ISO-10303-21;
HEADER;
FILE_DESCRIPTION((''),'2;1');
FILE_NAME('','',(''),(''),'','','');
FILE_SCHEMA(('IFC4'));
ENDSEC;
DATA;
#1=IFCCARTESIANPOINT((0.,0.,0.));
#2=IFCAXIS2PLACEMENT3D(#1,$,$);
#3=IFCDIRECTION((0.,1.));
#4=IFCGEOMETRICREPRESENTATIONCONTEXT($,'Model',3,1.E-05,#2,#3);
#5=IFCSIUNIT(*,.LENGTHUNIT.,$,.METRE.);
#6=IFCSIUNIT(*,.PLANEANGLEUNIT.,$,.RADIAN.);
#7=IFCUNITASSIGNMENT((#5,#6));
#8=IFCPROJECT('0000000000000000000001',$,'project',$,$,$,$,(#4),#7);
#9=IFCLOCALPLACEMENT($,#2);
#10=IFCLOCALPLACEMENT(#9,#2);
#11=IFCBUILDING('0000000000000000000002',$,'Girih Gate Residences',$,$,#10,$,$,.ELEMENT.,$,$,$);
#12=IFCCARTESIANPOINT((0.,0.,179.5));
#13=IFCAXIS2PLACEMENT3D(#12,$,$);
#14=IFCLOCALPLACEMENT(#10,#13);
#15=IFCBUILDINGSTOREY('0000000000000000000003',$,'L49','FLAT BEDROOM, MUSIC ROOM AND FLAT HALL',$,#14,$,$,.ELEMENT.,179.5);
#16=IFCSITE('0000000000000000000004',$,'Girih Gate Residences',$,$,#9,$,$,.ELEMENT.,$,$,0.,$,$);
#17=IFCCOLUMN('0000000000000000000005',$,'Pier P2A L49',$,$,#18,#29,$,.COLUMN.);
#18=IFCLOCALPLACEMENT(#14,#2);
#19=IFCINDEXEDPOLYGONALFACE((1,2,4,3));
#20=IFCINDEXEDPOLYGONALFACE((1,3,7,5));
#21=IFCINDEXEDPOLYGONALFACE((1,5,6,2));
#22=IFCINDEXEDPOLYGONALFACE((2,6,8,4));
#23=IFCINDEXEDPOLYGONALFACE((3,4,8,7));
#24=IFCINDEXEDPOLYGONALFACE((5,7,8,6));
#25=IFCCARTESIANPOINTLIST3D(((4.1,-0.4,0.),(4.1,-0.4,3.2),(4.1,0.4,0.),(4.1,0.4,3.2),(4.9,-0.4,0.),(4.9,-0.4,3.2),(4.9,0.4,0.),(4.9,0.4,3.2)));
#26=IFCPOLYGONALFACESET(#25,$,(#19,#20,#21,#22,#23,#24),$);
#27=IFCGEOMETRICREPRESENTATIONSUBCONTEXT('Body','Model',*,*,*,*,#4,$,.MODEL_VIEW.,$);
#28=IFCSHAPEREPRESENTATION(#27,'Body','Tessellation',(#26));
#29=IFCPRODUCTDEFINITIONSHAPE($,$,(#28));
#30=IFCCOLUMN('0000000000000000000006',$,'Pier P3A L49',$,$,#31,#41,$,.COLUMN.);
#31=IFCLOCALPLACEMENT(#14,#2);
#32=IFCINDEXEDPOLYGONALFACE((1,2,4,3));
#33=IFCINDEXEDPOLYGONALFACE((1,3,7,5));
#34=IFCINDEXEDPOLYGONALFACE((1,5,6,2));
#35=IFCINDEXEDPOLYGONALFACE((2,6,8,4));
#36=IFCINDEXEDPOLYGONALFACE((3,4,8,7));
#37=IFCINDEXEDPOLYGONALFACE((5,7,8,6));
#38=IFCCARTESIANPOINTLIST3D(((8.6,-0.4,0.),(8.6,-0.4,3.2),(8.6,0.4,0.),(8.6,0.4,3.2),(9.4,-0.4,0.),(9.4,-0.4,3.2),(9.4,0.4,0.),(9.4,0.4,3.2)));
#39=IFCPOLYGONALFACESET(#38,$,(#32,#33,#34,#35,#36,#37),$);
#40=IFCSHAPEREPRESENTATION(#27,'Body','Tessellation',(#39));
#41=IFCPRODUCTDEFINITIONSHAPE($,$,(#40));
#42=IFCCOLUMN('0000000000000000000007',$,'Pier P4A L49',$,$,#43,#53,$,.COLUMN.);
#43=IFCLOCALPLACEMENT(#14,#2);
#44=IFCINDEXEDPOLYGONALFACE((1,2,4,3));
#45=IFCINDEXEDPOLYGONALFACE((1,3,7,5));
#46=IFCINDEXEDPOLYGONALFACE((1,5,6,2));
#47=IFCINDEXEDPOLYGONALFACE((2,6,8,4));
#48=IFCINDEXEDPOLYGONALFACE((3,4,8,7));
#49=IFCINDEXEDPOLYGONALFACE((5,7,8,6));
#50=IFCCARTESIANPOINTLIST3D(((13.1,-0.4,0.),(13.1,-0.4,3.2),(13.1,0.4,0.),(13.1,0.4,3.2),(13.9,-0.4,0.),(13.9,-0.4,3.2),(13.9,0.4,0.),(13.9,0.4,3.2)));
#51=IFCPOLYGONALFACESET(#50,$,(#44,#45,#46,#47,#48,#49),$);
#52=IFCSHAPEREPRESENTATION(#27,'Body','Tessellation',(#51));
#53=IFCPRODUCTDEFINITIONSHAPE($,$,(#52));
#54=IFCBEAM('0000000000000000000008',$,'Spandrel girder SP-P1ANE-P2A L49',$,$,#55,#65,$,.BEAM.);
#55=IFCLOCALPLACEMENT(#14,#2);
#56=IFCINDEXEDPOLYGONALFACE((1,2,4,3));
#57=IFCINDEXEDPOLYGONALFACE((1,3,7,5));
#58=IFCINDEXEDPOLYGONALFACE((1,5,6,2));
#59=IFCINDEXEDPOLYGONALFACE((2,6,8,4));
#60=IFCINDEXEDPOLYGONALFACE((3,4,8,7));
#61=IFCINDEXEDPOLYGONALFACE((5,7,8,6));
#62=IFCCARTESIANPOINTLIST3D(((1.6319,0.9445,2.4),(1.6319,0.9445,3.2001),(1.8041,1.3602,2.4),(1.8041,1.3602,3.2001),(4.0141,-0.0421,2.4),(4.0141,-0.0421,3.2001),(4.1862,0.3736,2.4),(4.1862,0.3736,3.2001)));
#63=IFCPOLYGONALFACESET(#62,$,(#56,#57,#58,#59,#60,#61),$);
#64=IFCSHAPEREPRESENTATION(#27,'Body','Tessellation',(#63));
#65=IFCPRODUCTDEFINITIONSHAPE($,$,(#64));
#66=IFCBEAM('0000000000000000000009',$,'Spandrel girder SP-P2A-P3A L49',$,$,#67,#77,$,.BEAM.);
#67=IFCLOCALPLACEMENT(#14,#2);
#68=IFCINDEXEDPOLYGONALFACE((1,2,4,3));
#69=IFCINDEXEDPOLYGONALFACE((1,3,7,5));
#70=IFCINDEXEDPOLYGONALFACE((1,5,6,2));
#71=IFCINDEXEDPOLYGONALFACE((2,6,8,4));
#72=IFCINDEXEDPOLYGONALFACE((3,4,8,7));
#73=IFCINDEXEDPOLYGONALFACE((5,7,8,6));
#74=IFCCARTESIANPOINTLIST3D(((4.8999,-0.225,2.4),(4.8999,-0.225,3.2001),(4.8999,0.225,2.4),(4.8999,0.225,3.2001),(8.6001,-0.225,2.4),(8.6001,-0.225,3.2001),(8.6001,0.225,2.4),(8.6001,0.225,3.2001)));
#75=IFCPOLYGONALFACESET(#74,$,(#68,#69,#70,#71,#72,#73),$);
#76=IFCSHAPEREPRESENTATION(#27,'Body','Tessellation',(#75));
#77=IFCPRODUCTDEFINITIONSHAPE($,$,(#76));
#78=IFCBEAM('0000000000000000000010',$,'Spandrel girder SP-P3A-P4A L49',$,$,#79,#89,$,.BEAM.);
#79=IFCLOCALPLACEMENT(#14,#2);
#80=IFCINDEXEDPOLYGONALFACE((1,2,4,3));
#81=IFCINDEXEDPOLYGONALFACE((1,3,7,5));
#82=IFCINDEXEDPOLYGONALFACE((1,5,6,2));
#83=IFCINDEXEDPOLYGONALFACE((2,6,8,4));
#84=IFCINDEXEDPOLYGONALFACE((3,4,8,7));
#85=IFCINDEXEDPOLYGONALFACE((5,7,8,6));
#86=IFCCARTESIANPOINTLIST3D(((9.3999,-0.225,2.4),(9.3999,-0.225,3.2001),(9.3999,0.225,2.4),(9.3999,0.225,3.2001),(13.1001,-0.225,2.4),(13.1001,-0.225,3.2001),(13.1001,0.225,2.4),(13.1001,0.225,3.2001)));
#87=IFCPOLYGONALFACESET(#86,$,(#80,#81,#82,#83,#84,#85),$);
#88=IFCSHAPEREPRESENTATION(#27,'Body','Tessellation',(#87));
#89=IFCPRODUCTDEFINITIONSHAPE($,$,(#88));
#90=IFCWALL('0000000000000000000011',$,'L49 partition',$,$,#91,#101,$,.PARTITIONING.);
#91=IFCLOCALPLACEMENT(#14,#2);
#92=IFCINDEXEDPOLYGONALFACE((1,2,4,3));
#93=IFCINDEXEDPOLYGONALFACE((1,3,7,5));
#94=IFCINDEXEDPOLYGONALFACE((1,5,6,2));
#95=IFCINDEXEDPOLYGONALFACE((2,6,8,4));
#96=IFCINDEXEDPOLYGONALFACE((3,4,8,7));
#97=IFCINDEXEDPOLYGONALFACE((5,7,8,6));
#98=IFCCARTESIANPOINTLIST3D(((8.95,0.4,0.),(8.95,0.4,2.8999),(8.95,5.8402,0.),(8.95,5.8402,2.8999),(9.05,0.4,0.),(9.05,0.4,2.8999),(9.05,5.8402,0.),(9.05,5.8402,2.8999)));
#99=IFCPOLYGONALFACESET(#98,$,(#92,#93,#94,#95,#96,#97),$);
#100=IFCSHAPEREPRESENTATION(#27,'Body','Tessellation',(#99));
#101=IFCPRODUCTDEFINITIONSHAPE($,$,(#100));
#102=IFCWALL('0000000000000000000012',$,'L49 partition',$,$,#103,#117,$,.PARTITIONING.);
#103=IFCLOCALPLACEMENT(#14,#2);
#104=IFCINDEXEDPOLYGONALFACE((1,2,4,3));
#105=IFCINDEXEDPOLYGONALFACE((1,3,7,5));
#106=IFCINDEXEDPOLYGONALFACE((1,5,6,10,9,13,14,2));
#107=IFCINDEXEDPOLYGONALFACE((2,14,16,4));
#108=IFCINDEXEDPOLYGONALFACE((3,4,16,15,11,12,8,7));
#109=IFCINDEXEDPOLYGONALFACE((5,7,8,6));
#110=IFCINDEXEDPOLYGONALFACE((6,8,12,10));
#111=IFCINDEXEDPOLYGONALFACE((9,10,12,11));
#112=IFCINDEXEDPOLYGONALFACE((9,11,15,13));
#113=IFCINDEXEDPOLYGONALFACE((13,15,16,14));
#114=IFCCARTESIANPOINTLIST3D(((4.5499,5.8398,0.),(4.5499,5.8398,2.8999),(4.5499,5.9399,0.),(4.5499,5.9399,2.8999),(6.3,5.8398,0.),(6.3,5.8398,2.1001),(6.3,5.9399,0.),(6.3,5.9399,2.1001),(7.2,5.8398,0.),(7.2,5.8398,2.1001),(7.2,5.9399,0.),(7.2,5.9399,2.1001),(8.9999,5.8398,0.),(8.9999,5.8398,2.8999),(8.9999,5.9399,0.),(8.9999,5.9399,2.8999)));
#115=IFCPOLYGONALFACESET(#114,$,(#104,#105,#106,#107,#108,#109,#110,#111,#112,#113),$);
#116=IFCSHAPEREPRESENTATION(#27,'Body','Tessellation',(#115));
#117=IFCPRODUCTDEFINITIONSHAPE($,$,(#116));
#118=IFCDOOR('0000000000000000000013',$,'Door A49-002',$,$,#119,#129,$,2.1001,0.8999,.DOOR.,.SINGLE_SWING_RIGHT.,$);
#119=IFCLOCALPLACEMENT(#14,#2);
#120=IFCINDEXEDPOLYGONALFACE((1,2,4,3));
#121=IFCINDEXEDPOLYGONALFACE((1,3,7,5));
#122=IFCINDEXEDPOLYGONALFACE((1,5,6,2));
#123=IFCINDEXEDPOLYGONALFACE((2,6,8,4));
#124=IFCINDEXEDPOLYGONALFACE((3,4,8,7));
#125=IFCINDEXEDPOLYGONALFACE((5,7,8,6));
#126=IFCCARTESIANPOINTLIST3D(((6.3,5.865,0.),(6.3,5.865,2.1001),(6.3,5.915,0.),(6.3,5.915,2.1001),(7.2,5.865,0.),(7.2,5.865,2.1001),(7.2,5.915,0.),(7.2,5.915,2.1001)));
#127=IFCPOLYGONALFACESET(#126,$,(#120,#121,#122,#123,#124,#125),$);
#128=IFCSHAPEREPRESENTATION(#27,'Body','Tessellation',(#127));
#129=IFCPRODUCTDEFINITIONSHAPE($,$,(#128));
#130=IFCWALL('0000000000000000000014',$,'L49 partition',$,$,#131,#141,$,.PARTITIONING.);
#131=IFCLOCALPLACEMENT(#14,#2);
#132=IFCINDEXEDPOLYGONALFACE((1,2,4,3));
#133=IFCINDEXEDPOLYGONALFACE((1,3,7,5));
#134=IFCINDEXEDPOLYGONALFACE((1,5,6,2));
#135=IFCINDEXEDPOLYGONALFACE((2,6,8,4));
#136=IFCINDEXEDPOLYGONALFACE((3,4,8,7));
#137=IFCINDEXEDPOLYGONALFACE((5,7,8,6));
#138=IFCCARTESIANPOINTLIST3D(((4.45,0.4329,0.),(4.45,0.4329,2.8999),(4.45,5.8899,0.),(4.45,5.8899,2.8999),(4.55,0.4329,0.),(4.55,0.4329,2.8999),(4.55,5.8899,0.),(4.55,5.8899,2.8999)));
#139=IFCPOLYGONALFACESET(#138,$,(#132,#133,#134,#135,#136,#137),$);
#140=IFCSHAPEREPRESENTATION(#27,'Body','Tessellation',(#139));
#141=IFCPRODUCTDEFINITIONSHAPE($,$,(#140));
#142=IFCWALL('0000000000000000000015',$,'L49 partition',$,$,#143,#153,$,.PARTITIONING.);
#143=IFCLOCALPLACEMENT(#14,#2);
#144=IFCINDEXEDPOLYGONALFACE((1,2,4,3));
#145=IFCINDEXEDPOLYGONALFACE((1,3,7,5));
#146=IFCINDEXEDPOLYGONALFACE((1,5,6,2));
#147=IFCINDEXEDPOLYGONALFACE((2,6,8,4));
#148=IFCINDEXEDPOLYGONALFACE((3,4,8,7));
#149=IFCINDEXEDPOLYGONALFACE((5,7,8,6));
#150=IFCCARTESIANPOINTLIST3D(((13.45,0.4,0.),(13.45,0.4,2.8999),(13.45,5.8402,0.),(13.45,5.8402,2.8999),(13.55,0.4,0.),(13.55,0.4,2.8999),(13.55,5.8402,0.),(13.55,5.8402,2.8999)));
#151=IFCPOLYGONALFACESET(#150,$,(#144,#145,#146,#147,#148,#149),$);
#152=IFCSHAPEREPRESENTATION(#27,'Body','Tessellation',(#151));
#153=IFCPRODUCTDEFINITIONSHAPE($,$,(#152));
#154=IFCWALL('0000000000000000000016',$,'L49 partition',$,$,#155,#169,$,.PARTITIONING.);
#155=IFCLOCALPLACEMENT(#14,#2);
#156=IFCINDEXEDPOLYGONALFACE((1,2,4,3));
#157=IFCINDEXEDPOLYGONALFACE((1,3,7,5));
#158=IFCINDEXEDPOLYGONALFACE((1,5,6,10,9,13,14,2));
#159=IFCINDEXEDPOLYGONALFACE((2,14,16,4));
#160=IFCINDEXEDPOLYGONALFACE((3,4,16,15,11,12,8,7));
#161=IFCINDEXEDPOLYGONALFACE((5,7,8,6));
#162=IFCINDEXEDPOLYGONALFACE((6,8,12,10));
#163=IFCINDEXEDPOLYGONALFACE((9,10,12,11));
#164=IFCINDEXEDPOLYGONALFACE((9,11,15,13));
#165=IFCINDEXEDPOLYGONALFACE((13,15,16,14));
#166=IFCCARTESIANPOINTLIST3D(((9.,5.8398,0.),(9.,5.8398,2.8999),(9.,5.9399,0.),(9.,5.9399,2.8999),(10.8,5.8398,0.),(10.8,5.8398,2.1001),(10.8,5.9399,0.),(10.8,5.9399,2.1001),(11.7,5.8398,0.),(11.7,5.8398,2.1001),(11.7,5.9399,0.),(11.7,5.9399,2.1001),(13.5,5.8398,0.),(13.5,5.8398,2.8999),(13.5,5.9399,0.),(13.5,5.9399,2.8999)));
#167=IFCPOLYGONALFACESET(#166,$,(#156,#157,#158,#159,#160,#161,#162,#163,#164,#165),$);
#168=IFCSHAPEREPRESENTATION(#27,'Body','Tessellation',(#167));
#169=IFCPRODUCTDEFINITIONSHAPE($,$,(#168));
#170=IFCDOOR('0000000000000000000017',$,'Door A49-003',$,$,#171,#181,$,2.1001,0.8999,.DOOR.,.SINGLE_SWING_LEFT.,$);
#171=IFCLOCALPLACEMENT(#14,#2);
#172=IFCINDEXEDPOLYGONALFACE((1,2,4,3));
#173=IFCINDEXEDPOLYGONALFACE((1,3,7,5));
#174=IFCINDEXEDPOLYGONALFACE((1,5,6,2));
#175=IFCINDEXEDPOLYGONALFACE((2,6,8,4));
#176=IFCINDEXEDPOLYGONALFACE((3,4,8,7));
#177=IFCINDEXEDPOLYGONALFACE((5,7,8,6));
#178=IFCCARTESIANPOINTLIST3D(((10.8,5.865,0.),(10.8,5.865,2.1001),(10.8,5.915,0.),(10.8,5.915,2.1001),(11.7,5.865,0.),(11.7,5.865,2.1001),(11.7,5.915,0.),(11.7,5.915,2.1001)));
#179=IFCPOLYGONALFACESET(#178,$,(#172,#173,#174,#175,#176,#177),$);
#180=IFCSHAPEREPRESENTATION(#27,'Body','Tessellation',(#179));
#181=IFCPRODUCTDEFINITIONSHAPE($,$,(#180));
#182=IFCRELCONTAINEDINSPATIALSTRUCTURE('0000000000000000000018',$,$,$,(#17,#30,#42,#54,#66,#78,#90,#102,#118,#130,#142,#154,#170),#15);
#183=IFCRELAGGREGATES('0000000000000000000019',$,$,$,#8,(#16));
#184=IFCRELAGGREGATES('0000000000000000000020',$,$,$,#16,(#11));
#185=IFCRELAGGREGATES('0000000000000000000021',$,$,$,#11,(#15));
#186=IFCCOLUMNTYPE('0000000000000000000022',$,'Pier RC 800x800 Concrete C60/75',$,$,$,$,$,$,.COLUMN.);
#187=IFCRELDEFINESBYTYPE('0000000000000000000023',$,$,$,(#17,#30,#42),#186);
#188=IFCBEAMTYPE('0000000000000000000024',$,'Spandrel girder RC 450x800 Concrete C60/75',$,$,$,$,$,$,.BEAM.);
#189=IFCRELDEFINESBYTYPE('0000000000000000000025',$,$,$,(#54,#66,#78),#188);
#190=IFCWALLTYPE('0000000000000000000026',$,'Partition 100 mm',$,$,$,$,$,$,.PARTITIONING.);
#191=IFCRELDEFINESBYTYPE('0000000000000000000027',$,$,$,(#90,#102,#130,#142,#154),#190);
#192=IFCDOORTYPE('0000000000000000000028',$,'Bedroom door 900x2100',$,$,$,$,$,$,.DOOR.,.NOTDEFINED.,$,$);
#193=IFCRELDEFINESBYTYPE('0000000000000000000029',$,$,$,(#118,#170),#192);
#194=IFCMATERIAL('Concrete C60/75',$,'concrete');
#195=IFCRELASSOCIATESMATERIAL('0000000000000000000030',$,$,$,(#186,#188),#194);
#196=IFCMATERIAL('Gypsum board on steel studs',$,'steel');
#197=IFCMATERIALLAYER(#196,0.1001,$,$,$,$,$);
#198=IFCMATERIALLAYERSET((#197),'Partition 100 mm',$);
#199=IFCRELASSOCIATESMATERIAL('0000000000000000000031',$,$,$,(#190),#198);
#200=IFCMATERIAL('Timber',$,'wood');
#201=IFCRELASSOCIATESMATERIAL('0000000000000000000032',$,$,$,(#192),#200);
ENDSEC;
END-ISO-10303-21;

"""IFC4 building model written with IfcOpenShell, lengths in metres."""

from ifc_helpers import new_model, si_unit, direction, frame, frame_2d, origin, origin_2d, place, context, subcontext, project, spatial, rectangle, extrude, material, layer, layer_set, material_profile, profile_set, type_object, element, fill, save


model = new_model("IFC4")

# Units and contexts
model_context = context("Model", 3, precision=1e-05, world=origin(), true_north=direction((0.0, 1.0)))
body_context = subcontext(model_context, "Body", "Model", "MODEL_VIEW")
ifc_project = project(units=[si_unit("LENGTHUNIT", "METRE"), si_unit("PLANEANGLEUNIT", "RADIAN")], contexts=[model_context])

# Site, building, storey
site_placement = place(None, origin())
site = spatial("IfcSite", under=ifc_project, at=site_placement, Name="Girih Gate Residences", CompositionType="ELEMENT", RefElevation=0.0)
building_placement = place(site_placement, origin())
building = spatial("IfcBuilding", under=site, at=building_placement, Name="Girih Gate Residences", CompositionType="ELEMENT")
storey_placement = place(building_placement, frame((0.0, 0.0, 179.5)))
storey = spatial("IfcBuildingStorey", under=building, at=storey_placement, Name="L49", Description="FLAT BEDROOM, MUSIC ROOM AND FLAT HALL", CompositionType="ELEMENT", Elevation=179.5)

# Columns
ifc_material_1 = material(Name="Concrete C60/75", Category="concrete")
ifc_material_profile_1 = material_profile(ifc_material_1, rectangle(XDim=0.8, YDim=0.8, at=origin_2d()))
ifc_profile_set_1 = profile_set([ifc_material_profile_1], Name="Concrete C60/75")
column_type = type_object("IfcColumnType", Name="Pier RC 800x800 Concrete C60/75", PredefinedType="COLUMN", material=ifc_profile_set_1)
for number, where, z_axis, x_axis, name in (
    (1, (4.5, 0.0, 0.0), (0.0, 0.0, 1.0), (1.0, 0.0, 0.0), "Pier P2A L49"),
    (2, (9.0, 0.0, 0.0), (0.0, 0.0, 1.0), (1.0, 0.0, 0.0), "Pier P3A L49"),
    (3, (13.5, 0.0, 0.0), (0.0, 0.0, 1.0), (1.0, 0.0, 0.0), "Pier P4A L49"),
):
    element("IfcColumn", number, at=place(storey_placement, frame(where, z_axis=z_axis, x_axis=x_axis)), inside=storey, type_object=column_type, Name=name, PredefinedType="COLUMN", context=body_context, shape_type="SweptSolid", body=[
        extrude(rectangle(XDim=0.8, YDim=0.8, at=origin_2d()), origin(), (0.0, 0.0, 1.0), 3.2),
    ])

# Beams
ifc_material_profile_2 = material_profile(ifc_material_1, rectangle(XDim=0.45, YDim=0.8, at=origin_2d()))
ifc_profile_set_2 = profile_set([ifc_material_profile_2], Name="Concrete C60/75")
beam_type = type_object("IfcBeamType", Name="Spandrel girder RC 450x800 Concrete C60/75", PredefinedType="BEAM", material=ifc_profile_set_2)
beam_placement = place(storey_placement, frame((1.718, 1.1523, 2.8), z_axis=(0.923896, -0.382644, 0.0), x_axis=(0.382644, 0.923896, 0.0)))
element("IfcBeam", 4, at=beam_placement, inside=storey, type_object=beam_type, Name="Spandrel girder SP-P1ANE-P2A L49", PredefinedType="BEAM", context=body_context, shape_type="SweptSolid", body=[
    extrude(rectangle(XDim=0.45, YDim=0.8, at=origin_2d()), origin(), (0.0, 0.0, 1.0), 2.5784),
])
for number, where, z_axis, x_axis, name in (
    (5, (4.8999, 0.0, 2.8), (1.0, 0.0, 0.0), (0.0, 1.0, 0.0), "Spandrel girder SP-P2A-P3A L49"),
    (6, (9.3999, 0.0, 2.8), (1.0, 0.0, 0.0), (0.0, 1.0, 0.0), "Spandrel girder SP-P3A-P4A L49"),
):
    element("IfcBeam", number, at=place(storey_placement, frame(where, z_axis=z_axis, x_axis=x_axis)), inside=storey, type_object=beam_type, Name=name, PredefinedType="BEAM", context=body_context, shape_type="SweptSolid", body=[
        extrude(rectangle(XDim=0.45, YDim=0.8, at=origin_2d()), origin(), (0.0, 0.0, 1.0), 3.7002),
    ])

# Wall
ifc_material_2 = material(Name="Gypsum board on steel studs", Category="steel")
ifc_layer_1 = layer(ifc_material_2, 0.1001)
ifc_layer_set_1 = layer_set([ifc_layer_1], Name="Partition 100 mm")
wall_type_1 = type_object("IfcWallType", Name="Partition 100 mm", PredefinedType="PARTITIONING", material=ifc_layer_set_1)
wall_1_placement = place(storey_placement, frame((9.0, 0.3999, 0.0), z_axis=(0.0, 0.0, 1.0), x_axis=(0.0, 1.0, 0.0)))
element("IfcWall", 7, at=wall_1_placement, inside=storey, type_object=wall_type_1, Name="L49 partition", PredefinedType="PARTITIONING", context=body_context, shape_type="SweptSolid", body=[
    extrude(rectangle(XDim=5.4402, YDim=0.1001, at=frame_2d((2.7202, 0.0))), origin(), (0.0, 0.0, 1.0), 2.8999),
])

# Wall, opening, door
wall_2_placement = place(storey_placement, frame((9.0, 5.8899, 0.0), z_axis=(0.0, 0.0, 1.0), x_axis=(-1.0, 0.0, 0.0)))
wall_2 = element("IfcWall", 8, at=wall_2_placement, inside=storey, type_object=wall_type_1, Name="L49 partition", PredefinedType="PARTITIONING", context=body_context, shape_type="SweptSolid", body=[
    extrude(rectangle(XDim=4.45, YDim=0.1001, at=frame_2d((2.2251, 0.0))), origin(), (0.0, 0.0, 1.0), 2.8999),
])
opening_1_placement = place(wall_2_placement, frame((1.8, 0.0, 0.0)))
opening_1 = element("IfcOpeningElement", 9, at=opening_1_placement, cuts=wall_2, PredefinedType="OPENING", context=body_context, shape_type="SweptSolid", body=[
    extrude(rectangle(XDim=0.8999, YDim=2.1001, at=frame_2d((0.45, 1.05))), frame((0.0, 0.0601, 0.0), z_axis=(0.0, -1.0, 0.0), x_axis=(1.0, 0.0, 0.0)), (0.0, 0.0, 1.0), 0.1201),
])
ifc_material_3 = material(Name="Timber", Category="wood")
door_type_1 = type_object("IfcDoorType", Name="Bedroom door 900x2100", OperationType="NOTDEFINED", PredefinedType="DOOR", material=ifc_material_3)
door_1_placement = place(opening_1_placement, origin())
door_1 = element("IfcDoor", 10, at=door_1_placement, inside=storey, type_object=door_type_1, Name="Door A49-002", OperationType="SINGLE_SWING_RIGHT", OverallHeight=2.1001, OverallWidth=0.8999, PredefinedType="DOOR", context=body_context, shape_type="SweptSolid", body=[
    extrude(rectangle(XDim=0.8999, YDim=2.1001, at=frame_2d((0.45, 1.05))), frame((0.0, 0.0249, 0.0), z_axis=(0.0, -1.0, 0.0), x_axis=(1.0, 0.0, 0.0)), (0.0, 0.0, 1.0), 0.05),
])
fill(opening_1, door_1)

# Walls
wall_3_placement = place(storey_placement, frame((4.5, 0.4329, 0.0), z_axis=(0.0, 0.0, 1.0), x_axis=(0.0, 1.0, 0.0)))
element("IfcWall", 11, at=wall_3_placement, inside=storey, type_object=wall_type_1, Name="L49 partition", PredefinedType="PARTITIONING", context=body_context, shape_type="SweptSolid", body=[
    extrude(rectangle(XDim=5.457, YDim=0.1001, at=frame_2d((2.7285, 0.0))), origin(), (0.0, 0.0, 1.0), 2.8999),
])
wall_4_placement = place(storey_placement, frame((13.5, 0.3999, 0.0), z_axis=(0.0, 0.0, 1.0), x_axis=(0.0, 1.0, 0.0)))
element("IfcWall", 12, at=wall_4_placement, inside=storey, type_object=wall_type_1, Name="L49 partition", PredefinedType="PARTITIONING", context=body_context, shape_type="SweptSolid", body=[
    extrude(rectangle(XDim=5.4402, YDim=0.1001, at=frame_2d((2.7202, 0.0))), origin(), (0.0, 0.0, 1.0), 2.8999),
])

# Wall, opening, door
wall_5_placement = place(storey_placement, frame((13.5, 5.8899, 0.0), z_axis=(0.0, 0.0, 1.0), x_axis=(-1.0, 0.0, 0.0)))
wall_5 = element("IfcWall", 13, at=wall_5_placement, inside=storey, type_object=wall_type_1, Name="L49 partition", PredefinedType="PARTITIONING", context=body_context, shape_type="SweptSolid", body=[
    extrude(rectangle(XDim=4.5, YDim=0.1001, at=frame_2d((2.25, 0.0))), origin(), (0.0, 0.0, 1.0), 2.8999),
])
opening_2_placement = place(wall_5_placement, frame((1.8, 0.0, 0.0)))
opening_2 = element("IfcOpeningElement", 14, at=opening_2_placement, cuts=wall_5, PredefinedType="OPENING", context=body_context, shape_type="SweptSolid", body=[
    extrude(rectangle(XDim=0.8999, YDim=2.1001, at=frame_2d((0.45, 1.05))), frame((0.0, 0.0601, 0.0), z_axis=(0.0, -1.0, 0.0), x_axis=(1.0, 0.0, 0.0)), (0.0, 0.0, 1.0), 0.1201),
])
door_2_placement = place(opening_2_placement, origin())
door_2 = element("IfcDoor", 15, at=door_2_placement, inside=storey, type_object=door_type_1, Name="Door A49-003", OperationType="SINGLE_SWING_LEFT", OverallHeight=2.1001, OverallWidth=0.8999, PredefinedType="DOOR", context=body_context, shape_type="SweptSolid", body=[
    extrude(rectangle(XDim=0.8999, YDim=2.1001, at=frame_2d((0.45, 1.05))), frame((0.0, 0.0249, 0.0), z_axis=(0.0, -1.0, 0.0), x_axis=(1.0, 0.0, 0.0)), (0.0, 0.0, 1.0), 0.05),
])
fill(opening_2, door_2)

save(model, "model.ifc")
